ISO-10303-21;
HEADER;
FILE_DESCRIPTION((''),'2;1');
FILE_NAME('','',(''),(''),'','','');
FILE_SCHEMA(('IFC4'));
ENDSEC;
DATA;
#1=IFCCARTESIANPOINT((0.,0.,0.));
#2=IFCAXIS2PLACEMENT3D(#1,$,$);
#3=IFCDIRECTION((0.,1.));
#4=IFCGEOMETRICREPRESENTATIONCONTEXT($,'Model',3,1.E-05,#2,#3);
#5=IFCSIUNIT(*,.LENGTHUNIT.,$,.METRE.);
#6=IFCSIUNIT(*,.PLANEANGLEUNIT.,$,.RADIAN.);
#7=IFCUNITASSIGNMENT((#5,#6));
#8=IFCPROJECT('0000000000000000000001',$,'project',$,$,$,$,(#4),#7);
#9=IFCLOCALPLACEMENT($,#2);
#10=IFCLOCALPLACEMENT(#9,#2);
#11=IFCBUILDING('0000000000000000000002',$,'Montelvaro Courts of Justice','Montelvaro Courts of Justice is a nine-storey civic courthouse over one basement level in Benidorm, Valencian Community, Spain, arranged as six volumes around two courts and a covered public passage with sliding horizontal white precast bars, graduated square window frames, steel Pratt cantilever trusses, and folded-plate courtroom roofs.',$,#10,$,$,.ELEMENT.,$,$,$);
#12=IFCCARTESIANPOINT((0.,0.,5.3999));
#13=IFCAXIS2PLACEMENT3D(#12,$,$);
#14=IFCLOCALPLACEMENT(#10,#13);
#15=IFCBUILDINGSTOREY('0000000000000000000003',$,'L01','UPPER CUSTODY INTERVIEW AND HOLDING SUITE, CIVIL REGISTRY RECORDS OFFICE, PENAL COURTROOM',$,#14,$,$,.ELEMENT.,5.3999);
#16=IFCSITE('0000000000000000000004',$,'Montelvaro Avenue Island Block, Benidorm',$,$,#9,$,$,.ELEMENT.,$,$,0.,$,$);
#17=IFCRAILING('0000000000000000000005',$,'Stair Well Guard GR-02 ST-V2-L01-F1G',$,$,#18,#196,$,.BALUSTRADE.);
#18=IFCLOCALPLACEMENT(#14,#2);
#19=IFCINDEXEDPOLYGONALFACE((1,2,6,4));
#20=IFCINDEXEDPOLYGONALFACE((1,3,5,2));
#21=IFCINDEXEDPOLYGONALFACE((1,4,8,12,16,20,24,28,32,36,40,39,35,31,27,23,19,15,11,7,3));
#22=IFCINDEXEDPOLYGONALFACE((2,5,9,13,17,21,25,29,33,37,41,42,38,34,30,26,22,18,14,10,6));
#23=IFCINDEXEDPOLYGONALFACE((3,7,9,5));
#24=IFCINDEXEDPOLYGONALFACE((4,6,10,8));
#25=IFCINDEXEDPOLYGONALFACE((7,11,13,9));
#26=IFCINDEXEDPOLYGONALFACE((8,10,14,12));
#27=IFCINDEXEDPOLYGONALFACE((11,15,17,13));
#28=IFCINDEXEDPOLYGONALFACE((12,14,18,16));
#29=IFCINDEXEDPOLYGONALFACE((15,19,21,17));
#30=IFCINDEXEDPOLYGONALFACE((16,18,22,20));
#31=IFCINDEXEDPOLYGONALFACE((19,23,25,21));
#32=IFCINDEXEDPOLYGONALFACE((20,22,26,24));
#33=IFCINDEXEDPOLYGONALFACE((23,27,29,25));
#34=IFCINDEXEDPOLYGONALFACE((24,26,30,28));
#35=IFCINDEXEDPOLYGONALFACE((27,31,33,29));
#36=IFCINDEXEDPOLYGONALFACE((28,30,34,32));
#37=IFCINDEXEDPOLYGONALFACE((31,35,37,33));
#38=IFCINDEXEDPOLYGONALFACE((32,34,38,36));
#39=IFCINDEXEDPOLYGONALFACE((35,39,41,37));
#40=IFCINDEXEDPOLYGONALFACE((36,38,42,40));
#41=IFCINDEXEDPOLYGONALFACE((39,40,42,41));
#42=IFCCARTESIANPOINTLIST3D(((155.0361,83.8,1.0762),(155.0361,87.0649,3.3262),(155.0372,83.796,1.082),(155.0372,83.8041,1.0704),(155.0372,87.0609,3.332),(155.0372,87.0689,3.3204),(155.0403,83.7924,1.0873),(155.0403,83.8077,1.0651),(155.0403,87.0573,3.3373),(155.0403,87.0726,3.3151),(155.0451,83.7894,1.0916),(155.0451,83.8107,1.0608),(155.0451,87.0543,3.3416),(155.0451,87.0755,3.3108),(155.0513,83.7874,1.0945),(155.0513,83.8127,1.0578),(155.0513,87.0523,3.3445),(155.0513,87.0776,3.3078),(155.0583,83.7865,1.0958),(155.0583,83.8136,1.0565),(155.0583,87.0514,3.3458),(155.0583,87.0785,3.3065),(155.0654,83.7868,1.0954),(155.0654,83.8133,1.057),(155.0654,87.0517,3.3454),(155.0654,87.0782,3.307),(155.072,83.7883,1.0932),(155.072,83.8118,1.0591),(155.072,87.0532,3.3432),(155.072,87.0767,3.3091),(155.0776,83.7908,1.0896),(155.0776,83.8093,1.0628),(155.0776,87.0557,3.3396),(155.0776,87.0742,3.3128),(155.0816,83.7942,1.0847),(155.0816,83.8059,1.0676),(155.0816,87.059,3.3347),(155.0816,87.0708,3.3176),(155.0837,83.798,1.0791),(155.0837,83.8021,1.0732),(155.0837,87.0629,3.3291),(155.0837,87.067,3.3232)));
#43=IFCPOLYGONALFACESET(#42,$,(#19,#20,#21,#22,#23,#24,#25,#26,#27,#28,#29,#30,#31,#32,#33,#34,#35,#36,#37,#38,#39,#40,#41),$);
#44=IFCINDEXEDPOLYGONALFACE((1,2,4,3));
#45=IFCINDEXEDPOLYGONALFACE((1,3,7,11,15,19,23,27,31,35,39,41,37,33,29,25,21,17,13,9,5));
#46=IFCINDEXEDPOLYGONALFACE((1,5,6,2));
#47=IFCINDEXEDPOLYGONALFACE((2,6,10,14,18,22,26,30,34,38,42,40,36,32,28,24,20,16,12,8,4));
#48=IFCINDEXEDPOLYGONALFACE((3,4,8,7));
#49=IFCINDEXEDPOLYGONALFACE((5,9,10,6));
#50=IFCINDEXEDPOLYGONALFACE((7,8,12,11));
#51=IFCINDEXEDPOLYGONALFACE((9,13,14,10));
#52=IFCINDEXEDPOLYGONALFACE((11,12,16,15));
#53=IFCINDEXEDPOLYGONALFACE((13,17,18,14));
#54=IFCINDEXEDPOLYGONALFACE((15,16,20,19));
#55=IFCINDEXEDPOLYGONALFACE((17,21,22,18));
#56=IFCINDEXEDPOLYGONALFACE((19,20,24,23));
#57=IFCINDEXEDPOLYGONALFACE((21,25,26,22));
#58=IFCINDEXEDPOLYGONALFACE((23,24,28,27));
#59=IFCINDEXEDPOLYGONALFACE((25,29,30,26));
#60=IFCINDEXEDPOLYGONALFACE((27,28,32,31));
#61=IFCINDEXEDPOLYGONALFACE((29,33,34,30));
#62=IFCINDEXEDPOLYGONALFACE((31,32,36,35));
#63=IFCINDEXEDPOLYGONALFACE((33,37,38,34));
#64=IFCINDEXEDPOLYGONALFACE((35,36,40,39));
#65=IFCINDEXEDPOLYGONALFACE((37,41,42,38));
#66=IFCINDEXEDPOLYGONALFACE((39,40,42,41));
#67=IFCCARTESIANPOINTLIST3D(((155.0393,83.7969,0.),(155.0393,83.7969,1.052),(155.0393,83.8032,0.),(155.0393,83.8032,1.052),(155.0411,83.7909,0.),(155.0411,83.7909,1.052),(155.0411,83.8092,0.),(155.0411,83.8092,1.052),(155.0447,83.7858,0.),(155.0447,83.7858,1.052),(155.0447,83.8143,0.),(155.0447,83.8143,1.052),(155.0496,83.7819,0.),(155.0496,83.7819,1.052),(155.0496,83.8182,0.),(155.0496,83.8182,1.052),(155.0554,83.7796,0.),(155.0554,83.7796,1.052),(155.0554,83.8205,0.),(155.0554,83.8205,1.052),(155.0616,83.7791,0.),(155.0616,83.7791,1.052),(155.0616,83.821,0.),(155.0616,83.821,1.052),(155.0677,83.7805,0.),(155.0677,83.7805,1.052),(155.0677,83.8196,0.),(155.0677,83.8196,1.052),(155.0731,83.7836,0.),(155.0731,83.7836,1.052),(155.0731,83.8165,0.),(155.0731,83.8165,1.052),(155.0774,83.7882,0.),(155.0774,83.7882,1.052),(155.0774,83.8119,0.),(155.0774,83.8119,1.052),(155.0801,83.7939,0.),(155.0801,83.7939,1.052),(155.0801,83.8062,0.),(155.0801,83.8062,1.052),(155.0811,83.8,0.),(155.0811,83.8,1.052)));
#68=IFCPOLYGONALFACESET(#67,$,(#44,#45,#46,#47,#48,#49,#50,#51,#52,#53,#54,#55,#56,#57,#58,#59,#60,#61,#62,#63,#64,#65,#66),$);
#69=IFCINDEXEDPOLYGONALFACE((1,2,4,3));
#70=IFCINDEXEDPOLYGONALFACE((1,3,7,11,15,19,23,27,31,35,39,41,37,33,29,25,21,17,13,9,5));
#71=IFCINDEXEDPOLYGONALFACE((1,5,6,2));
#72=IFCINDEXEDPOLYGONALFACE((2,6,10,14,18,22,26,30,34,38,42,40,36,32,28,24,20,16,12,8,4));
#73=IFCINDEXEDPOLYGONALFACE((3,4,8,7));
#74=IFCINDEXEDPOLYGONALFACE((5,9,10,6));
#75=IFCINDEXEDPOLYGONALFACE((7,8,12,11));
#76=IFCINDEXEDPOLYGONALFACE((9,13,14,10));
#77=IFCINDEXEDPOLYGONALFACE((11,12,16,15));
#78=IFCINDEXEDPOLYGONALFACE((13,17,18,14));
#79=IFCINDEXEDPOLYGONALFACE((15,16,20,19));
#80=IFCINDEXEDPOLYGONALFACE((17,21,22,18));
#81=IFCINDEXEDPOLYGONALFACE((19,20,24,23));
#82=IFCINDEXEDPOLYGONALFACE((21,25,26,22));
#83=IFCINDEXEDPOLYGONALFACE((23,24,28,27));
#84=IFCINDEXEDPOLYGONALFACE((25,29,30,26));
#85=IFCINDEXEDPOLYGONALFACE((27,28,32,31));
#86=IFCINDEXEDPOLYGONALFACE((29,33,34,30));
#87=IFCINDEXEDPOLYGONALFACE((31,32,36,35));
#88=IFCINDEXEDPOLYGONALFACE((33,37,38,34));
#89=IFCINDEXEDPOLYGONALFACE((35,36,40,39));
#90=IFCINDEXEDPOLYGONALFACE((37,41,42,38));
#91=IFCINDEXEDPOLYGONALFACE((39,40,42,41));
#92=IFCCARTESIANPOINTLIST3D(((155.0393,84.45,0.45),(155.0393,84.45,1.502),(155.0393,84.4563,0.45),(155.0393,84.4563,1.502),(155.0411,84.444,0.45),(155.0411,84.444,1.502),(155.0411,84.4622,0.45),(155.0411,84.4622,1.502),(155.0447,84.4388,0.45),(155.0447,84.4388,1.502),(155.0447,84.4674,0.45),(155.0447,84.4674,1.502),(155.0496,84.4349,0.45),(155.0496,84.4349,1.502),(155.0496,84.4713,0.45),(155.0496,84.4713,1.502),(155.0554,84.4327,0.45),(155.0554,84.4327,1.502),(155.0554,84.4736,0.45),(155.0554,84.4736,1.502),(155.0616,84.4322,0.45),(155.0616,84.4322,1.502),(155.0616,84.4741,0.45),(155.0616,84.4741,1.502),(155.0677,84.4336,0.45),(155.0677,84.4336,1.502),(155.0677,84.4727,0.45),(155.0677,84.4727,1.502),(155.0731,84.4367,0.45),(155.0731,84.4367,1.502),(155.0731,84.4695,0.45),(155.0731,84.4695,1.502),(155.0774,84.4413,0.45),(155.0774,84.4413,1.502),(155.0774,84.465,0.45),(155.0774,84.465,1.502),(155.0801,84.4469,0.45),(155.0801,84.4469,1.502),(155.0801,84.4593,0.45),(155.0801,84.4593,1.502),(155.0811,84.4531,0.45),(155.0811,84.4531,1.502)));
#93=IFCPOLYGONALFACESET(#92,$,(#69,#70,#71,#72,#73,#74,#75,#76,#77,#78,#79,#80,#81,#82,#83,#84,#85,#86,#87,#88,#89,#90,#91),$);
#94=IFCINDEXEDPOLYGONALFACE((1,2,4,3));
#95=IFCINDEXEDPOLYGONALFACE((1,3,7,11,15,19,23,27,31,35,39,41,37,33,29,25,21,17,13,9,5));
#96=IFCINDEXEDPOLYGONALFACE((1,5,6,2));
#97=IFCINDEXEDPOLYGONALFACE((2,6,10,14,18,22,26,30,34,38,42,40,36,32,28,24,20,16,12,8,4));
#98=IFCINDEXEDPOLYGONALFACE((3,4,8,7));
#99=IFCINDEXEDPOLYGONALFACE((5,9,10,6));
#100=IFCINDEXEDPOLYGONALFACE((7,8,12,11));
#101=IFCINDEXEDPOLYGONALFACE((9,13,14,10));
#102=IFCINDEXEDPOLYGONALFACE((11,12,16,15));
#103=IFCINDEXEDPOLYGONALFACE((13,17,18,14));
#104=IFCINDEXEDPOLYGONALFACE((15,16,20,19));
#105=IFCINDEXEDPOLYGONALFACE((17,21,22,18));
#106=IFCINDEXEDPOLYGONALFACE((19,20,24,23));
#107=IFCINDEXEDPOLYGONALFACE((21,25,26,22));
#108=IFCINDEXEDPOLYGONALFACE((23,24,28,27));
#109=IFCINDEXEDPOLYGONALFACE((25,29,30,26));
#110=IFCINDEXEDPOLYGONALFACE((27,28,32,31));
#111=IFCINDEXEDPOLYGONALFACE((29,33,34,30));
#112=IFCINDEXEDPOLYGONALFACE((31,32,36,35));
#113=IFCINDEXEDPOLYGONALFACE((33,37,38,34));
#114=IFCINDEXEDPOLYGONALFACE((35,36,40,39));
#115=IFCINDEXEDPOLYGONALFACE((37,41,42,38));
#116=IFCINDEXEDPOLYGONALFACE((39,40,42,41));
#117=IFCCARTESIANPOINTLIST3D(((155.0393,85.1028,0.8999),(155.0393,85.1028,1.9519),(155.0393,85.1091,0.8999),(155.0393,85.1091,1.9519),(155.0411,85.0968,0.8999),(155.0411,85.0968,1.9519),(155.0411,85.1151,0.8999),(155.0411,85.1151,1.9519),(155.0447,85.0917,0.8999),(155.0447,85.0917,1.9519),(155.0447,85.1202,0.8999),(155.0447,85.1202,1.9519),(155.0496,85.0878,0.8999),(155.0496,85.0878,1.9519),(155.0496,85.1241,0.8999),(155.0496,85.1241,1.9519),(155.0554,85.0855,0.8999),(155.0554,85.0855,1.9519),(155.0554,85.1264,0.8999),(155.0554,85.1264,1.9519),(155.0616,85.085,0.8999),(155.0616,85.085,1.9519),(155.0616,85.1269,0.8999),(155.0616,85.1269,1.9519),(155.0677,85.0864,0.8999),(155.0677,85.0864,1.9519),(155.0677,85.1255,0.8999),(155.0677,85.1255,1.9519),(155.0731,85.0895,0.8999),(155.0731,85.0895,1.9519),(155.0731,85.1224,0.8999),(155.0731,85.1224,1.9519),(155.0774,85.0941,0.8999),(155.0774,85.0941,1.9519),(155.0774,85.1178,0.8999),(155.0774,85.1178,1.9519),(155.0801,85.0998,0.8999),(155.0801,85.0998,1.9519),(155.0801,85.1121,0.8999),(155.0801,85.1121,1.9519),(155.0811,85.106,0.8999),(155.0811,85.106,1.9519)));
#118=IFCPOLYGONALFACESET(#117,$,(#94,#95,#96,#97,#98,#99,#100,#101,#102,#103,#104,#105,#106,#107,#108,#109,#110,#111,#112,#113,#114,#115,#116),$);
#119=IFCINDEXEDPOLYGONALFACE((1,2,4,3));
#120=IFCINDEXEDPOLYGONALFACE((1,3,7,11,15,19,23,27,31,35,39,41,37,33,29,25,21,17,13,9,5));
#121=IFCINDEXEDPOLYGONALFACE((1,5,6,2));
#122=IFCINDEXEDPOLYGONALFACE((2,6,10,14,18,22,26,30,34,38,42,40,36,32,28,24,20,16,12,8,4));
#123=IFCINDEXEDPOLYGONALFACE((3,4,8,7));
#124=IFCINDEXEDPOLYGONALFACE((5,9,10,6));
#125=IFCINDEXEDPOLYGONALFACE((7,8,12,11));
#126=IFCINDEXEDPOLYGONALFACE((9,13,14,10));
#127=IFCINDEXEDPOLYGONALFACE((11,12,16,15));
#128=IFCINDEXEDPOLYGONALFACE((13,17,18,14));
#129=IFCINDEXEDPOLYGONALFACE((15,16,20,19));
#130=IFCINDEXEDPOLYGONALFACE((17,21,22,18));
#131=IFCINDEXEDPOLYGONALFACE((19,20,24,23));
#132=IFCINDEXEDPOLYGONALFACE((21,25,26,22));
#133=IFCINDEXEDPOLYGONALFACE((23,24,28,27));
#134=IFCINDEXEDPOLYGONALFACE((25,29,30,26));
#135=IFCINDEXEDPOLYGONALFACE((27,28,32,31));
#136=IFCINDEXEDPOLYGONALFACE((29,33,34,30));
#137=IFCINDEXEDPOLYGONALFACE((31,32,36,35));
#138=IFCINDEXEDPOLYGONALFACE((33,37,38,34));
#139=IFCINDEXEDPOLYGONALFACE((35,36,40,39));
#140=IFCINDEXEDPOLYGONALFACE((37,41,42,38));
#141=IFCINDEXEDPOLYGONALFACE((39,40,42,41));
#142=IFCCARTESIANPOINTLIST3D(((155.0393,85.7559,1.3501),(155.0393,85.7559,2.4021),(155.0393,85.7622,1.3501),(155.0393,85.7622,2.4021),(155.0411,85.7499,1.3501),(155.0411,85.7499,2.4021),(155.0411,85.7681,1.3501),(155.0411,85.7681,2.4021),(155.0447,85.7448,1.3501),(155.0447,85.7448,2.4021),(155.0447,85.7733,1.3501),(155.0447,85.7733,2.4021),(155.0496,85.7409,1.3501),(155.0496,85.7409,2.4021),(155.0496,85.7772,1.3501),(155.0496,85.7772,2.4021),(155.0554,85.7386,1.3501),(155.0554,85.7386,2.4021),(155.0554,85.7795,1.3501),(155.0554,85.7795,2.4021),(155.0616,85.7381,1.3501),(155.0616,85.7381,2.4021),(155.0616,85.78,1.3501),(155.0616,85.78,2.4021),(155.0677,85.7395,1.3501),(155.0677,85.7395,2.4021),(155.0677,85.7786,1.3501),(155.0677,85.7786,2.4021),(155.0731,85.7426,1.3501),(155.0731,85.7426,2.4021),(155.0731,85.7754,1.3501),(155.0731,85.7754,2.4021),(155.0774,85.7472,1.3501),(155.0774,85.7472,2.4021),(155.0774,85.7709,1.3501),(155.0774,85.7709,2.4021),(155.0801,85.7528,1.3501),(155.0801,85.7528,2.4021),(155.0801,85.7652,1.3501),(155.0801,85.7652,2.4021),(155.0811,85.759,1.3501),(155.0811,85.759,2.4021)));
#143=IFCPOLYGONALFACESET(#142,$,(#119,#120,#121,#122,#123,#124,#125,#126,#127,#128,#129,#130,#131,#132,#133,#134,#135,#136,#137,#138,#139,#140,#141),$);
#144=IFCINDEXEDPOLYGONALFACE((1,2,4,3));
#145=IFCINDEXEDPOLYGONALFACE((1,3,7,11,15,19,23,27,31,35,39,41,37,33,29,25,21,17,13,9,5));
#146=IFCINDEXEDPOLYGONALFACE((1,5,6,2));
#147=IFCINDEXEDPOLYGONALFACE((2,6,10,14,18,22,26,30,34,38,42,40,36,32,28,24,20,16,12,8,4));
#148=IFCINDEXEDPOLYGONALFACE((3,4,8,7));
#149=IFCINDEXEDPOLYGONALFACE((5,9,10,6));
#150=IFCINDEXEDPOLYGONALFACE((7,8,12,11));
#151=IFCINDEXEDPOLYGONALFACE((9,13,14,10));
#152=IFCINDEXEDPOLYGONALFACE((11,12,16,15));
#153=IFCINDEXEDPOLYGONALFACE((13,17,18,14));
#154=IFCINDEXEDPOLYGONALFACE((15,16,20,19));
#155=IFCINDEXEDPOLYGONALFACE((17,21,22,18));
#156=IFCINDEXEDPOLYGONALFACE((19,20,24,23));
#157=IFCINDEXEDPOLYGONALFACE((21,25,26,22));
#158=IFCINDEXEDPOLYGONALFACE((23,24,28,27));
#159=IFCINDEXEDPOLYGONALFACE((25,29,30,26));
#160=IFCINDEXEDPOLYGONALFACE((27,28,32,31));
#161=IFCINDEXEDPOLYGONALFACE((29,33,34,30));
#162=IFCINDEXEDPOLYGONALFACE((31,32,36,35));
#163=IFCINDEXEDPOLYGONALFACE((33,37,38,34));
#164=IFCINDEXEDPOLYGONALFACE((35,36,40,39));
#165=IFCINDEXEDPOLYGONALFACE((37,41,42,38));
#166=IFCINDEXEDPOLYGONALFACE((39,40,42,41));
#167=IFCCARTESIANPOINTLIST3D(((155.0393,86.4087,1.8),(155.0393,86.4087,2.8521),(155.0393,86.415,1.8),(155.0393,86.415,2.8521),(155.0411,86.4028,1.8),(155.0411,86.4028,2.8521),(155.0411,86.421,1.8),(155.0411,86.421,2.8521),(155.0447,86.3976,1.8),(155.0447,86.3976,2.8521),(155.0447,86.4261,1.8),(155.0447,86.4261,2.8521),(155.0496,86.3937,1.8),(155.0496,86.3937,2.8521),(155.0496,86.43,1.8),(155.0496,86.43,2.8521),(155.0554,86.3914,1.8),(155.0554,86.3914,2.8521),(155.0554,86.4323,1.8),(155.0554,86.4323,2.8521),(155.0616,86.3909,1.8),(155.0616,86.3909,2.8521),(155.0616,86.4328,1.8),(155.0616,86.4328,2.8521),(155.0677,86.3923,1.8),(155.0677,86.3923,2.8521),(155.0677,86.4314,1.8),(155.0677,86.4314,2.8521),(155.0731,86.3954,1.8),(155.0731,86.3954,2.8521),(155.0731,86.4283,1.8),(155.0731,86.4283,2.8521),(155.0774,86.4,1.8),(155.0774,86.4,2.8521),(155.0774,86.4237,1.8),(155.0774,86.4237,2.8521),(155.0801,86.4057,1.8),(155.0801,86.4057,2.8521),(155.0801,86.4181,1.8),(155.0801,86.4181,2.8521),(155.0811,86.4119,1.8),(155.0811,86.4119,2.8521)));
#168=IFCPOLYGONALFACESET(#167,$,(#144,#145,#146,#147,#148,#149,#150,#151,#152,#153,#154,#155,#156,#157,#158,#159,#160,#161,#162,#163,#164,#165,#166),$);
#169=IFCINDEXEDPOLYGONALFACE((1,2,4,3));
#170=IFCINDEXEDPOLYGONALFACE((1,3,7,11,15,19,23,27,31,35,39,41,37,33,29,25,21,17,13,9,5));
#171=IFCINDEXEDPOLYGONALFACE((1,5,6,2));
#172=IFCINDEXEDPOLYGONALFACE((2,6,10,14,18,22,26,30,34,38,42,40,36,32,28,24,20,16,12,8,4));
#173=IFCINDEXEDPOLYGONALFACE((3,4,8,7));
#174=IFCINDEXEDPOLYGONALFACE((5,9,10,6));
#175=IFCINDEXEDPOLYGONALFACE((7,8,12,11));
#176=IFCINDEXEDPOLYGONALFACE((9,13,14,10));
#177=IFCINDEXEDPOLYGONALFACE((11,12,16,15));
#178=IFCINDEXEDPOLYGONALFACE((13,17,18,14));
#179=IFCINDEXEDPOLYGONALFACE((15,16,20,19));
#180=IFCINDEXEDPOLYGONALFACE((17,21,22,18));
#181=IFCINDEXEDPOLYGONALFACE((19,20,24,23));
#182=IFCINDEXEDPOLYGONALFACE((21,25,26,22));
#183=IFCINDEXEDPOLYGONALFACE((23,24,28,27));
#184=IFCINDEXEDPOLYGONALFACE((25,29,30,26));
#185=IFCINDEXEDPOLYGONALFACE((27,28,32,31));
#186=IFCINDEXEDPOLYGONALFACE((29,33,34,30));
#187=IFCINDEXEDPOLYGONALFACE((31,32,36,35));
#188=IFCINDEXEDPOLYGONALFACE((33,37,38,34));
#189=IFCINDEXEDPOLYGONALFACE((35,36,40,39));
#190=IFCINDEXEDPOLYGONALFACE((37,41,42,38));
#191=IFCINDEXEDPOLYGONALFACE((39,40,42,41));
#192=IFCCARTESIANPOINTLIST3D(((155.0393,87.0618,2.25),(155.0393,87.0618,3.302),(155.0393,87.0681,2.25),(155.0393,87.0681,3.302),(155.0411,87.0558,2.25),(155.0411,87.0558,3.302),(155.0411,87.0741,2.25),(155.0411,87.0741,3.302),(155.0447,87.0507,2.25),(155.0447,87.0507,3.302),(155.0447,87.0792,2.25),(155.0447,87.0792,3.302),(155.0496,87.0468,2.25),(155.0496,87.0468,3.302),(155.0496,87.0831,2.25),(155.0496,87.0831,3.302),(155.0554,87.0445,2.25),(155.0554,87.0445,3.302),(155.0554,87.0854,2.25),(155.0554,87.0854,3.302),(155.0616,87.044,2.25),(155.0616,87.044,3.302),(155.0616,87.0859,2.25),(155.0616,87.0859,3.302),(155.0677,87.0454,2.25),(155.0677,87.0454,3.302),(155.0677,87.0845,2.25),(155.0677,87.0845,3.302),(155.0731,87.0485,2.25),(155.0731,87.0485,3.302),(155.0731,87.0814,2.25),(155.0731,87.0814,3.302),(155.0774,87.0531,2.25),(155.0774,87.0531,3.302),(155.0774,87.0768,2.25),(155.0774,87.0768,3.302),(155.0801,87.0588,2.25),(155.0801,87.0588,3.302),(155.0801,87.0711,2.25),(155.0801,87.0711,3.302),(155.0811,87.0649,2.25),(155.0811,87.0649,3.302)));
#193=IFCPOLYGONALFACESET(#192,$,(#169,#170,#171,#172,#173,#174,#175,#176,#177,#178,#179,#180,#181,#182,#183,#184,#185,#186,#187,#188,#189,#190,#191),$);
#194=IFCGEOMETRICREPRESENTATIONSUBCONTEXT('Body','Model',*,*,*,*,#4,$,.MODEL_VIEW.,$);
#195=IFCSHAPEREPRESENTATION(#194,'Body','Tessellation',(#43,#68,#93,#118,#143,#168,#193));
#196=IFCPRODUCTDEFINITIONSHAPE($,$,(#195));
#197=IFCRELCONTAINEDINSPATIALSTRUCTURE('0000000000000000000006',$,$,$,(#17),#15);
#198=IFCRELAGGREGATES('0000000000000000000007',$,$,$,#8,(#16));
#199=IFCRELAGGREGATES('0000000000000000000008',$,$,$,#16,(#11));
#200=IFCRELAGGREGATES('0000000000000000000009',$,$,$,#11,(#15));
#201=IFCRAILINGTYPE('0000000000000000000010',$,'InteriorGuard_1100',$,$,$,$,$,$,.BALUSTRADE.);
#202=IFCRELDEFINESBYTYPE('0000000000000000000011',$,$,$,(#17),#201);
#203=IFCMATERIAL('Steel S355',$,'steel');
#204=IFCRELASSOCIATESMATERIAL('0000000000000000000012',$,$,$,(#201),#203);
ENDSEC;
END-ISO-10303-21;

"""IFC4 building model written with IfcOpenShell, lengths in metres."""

from ifc_helpers import new_model, si_unit, direction, frame, origin, origin_2d, place, context, subcontext, project, spatial, circle, extrude, material, type_object, element, save


model = new_model("IFC4")

# Units and contexts
model_context = context("Model", 3, precision=1e-05, world=origin(), true_north=direction((0.0, 1.0)))
body_context = subcontext(model_context, "Body", "Model", "MODEL_VIEW")
ifc_project = project(units=[si_unit("LENGTHUNIT", "METRE"), si_unit("PLANEANGLEUNIT", "RADIAN")], contexts=[model_context])

# Site, building, storey
site_placement = place(None, origin())
site = spatial("IfcSite", under=ifc_project, at=site_placement, Name="Montelvaro Avenue Island Block, Benidorm", CompositionType="ELEMENT", RefElevation=0.0)
building_placement = place(site_placement, origin())
building = spatial("IfcBuilding", under=site, at=building_placement, Name="Montelvaro Courts of Justice", Description="Montelvaro Courts of Justice is a nine-storey civic courthouse over one basement level in Benidorm, Valencian Community, Spain, arranged as six volumes around two courts and a covered public passage with sliding horizontal white precast bars, graduated square window frames, steel Pratt cantilever trusses, and folded-plate courtroom roofs.", CompositionType="ELEMENT")
storey_placement = place(building_placement, frame((0.0, 0.0, 5.3999)))
storey = spatial("IfcBuildingStorey", under=building, at=storey_placement, Name="L01", Description="UPPER CUSTODY INTERVIEW AND HOLDING SUITE, CIVIL REGISTRY RECORDS OFFICE, PENAL COURTROOM", CompositionType="ELEMENT", Elevation=5.3999)

# Shared definitions
ifc_material_1 = material(Name="Steel S355", Category="steel")

# Railing
railing_type_1 = type_object("IfcRailingType", Name="InteriorGuard_1100", PredefinedType="BALUSTRADE", material=ifc_material_1)
railing_1_placement = place(storey_placement, frame((155.0601, 83.8, 0.0)))
element("IfcRailing", 1, at=railing_1_placement, inside=storey, type_object=railing_type_1, Name="Stair Well Guard GR-02 ST-V2-L01-F1G", PredefinedType="BALUSTRADE", context=body_context, shape_type="SweptSolid", body=[
    extrude(circle(Radius=0.0239, at=origin_2d()), frame((0.0, 0.0, 1.0762), z_axis=(0.0, 0.823407, 0.567451), x_axis=(-1.0, 0.0, 0.0)), (0.0, 0.0, 1.0), 3.9651),
    extrude(circle(Radius=0.021, at=origin_2d()), origin(), (0.0, 0.0, 1.0), 1.052),
    extrude(circle(Radius=0.021, at=origin_2d()), frame((0.0, 0.6531, 0.45)), (0.0, 0.0, 1.0), 1.052),
    extrude(circle(Radius=0.021, at=origin_2d()), frame((0.0, 1.3059, 0.8999)), (0.0, 0.0, 1.0), 1.052),
    extrude(circle(Radius=0.021, at=origin_2d()), frame((0.0, 1.959, 1.3501)), (0.0, 0.0, 1.0), 1.052),
    extrude(circle(Radius=0.021, at=origin_2d()), frame((0.0, 2.6118, 1.8)), (0.0, 0.0, 1.0), 1.052),
    extrude(circle(Radius=0.021, at=origin_2d()), frame((0.0, 3.2649, 2.25)), (0.0, 0.0, 1.0), 1.052),
])

save(model, "model.ifc")
